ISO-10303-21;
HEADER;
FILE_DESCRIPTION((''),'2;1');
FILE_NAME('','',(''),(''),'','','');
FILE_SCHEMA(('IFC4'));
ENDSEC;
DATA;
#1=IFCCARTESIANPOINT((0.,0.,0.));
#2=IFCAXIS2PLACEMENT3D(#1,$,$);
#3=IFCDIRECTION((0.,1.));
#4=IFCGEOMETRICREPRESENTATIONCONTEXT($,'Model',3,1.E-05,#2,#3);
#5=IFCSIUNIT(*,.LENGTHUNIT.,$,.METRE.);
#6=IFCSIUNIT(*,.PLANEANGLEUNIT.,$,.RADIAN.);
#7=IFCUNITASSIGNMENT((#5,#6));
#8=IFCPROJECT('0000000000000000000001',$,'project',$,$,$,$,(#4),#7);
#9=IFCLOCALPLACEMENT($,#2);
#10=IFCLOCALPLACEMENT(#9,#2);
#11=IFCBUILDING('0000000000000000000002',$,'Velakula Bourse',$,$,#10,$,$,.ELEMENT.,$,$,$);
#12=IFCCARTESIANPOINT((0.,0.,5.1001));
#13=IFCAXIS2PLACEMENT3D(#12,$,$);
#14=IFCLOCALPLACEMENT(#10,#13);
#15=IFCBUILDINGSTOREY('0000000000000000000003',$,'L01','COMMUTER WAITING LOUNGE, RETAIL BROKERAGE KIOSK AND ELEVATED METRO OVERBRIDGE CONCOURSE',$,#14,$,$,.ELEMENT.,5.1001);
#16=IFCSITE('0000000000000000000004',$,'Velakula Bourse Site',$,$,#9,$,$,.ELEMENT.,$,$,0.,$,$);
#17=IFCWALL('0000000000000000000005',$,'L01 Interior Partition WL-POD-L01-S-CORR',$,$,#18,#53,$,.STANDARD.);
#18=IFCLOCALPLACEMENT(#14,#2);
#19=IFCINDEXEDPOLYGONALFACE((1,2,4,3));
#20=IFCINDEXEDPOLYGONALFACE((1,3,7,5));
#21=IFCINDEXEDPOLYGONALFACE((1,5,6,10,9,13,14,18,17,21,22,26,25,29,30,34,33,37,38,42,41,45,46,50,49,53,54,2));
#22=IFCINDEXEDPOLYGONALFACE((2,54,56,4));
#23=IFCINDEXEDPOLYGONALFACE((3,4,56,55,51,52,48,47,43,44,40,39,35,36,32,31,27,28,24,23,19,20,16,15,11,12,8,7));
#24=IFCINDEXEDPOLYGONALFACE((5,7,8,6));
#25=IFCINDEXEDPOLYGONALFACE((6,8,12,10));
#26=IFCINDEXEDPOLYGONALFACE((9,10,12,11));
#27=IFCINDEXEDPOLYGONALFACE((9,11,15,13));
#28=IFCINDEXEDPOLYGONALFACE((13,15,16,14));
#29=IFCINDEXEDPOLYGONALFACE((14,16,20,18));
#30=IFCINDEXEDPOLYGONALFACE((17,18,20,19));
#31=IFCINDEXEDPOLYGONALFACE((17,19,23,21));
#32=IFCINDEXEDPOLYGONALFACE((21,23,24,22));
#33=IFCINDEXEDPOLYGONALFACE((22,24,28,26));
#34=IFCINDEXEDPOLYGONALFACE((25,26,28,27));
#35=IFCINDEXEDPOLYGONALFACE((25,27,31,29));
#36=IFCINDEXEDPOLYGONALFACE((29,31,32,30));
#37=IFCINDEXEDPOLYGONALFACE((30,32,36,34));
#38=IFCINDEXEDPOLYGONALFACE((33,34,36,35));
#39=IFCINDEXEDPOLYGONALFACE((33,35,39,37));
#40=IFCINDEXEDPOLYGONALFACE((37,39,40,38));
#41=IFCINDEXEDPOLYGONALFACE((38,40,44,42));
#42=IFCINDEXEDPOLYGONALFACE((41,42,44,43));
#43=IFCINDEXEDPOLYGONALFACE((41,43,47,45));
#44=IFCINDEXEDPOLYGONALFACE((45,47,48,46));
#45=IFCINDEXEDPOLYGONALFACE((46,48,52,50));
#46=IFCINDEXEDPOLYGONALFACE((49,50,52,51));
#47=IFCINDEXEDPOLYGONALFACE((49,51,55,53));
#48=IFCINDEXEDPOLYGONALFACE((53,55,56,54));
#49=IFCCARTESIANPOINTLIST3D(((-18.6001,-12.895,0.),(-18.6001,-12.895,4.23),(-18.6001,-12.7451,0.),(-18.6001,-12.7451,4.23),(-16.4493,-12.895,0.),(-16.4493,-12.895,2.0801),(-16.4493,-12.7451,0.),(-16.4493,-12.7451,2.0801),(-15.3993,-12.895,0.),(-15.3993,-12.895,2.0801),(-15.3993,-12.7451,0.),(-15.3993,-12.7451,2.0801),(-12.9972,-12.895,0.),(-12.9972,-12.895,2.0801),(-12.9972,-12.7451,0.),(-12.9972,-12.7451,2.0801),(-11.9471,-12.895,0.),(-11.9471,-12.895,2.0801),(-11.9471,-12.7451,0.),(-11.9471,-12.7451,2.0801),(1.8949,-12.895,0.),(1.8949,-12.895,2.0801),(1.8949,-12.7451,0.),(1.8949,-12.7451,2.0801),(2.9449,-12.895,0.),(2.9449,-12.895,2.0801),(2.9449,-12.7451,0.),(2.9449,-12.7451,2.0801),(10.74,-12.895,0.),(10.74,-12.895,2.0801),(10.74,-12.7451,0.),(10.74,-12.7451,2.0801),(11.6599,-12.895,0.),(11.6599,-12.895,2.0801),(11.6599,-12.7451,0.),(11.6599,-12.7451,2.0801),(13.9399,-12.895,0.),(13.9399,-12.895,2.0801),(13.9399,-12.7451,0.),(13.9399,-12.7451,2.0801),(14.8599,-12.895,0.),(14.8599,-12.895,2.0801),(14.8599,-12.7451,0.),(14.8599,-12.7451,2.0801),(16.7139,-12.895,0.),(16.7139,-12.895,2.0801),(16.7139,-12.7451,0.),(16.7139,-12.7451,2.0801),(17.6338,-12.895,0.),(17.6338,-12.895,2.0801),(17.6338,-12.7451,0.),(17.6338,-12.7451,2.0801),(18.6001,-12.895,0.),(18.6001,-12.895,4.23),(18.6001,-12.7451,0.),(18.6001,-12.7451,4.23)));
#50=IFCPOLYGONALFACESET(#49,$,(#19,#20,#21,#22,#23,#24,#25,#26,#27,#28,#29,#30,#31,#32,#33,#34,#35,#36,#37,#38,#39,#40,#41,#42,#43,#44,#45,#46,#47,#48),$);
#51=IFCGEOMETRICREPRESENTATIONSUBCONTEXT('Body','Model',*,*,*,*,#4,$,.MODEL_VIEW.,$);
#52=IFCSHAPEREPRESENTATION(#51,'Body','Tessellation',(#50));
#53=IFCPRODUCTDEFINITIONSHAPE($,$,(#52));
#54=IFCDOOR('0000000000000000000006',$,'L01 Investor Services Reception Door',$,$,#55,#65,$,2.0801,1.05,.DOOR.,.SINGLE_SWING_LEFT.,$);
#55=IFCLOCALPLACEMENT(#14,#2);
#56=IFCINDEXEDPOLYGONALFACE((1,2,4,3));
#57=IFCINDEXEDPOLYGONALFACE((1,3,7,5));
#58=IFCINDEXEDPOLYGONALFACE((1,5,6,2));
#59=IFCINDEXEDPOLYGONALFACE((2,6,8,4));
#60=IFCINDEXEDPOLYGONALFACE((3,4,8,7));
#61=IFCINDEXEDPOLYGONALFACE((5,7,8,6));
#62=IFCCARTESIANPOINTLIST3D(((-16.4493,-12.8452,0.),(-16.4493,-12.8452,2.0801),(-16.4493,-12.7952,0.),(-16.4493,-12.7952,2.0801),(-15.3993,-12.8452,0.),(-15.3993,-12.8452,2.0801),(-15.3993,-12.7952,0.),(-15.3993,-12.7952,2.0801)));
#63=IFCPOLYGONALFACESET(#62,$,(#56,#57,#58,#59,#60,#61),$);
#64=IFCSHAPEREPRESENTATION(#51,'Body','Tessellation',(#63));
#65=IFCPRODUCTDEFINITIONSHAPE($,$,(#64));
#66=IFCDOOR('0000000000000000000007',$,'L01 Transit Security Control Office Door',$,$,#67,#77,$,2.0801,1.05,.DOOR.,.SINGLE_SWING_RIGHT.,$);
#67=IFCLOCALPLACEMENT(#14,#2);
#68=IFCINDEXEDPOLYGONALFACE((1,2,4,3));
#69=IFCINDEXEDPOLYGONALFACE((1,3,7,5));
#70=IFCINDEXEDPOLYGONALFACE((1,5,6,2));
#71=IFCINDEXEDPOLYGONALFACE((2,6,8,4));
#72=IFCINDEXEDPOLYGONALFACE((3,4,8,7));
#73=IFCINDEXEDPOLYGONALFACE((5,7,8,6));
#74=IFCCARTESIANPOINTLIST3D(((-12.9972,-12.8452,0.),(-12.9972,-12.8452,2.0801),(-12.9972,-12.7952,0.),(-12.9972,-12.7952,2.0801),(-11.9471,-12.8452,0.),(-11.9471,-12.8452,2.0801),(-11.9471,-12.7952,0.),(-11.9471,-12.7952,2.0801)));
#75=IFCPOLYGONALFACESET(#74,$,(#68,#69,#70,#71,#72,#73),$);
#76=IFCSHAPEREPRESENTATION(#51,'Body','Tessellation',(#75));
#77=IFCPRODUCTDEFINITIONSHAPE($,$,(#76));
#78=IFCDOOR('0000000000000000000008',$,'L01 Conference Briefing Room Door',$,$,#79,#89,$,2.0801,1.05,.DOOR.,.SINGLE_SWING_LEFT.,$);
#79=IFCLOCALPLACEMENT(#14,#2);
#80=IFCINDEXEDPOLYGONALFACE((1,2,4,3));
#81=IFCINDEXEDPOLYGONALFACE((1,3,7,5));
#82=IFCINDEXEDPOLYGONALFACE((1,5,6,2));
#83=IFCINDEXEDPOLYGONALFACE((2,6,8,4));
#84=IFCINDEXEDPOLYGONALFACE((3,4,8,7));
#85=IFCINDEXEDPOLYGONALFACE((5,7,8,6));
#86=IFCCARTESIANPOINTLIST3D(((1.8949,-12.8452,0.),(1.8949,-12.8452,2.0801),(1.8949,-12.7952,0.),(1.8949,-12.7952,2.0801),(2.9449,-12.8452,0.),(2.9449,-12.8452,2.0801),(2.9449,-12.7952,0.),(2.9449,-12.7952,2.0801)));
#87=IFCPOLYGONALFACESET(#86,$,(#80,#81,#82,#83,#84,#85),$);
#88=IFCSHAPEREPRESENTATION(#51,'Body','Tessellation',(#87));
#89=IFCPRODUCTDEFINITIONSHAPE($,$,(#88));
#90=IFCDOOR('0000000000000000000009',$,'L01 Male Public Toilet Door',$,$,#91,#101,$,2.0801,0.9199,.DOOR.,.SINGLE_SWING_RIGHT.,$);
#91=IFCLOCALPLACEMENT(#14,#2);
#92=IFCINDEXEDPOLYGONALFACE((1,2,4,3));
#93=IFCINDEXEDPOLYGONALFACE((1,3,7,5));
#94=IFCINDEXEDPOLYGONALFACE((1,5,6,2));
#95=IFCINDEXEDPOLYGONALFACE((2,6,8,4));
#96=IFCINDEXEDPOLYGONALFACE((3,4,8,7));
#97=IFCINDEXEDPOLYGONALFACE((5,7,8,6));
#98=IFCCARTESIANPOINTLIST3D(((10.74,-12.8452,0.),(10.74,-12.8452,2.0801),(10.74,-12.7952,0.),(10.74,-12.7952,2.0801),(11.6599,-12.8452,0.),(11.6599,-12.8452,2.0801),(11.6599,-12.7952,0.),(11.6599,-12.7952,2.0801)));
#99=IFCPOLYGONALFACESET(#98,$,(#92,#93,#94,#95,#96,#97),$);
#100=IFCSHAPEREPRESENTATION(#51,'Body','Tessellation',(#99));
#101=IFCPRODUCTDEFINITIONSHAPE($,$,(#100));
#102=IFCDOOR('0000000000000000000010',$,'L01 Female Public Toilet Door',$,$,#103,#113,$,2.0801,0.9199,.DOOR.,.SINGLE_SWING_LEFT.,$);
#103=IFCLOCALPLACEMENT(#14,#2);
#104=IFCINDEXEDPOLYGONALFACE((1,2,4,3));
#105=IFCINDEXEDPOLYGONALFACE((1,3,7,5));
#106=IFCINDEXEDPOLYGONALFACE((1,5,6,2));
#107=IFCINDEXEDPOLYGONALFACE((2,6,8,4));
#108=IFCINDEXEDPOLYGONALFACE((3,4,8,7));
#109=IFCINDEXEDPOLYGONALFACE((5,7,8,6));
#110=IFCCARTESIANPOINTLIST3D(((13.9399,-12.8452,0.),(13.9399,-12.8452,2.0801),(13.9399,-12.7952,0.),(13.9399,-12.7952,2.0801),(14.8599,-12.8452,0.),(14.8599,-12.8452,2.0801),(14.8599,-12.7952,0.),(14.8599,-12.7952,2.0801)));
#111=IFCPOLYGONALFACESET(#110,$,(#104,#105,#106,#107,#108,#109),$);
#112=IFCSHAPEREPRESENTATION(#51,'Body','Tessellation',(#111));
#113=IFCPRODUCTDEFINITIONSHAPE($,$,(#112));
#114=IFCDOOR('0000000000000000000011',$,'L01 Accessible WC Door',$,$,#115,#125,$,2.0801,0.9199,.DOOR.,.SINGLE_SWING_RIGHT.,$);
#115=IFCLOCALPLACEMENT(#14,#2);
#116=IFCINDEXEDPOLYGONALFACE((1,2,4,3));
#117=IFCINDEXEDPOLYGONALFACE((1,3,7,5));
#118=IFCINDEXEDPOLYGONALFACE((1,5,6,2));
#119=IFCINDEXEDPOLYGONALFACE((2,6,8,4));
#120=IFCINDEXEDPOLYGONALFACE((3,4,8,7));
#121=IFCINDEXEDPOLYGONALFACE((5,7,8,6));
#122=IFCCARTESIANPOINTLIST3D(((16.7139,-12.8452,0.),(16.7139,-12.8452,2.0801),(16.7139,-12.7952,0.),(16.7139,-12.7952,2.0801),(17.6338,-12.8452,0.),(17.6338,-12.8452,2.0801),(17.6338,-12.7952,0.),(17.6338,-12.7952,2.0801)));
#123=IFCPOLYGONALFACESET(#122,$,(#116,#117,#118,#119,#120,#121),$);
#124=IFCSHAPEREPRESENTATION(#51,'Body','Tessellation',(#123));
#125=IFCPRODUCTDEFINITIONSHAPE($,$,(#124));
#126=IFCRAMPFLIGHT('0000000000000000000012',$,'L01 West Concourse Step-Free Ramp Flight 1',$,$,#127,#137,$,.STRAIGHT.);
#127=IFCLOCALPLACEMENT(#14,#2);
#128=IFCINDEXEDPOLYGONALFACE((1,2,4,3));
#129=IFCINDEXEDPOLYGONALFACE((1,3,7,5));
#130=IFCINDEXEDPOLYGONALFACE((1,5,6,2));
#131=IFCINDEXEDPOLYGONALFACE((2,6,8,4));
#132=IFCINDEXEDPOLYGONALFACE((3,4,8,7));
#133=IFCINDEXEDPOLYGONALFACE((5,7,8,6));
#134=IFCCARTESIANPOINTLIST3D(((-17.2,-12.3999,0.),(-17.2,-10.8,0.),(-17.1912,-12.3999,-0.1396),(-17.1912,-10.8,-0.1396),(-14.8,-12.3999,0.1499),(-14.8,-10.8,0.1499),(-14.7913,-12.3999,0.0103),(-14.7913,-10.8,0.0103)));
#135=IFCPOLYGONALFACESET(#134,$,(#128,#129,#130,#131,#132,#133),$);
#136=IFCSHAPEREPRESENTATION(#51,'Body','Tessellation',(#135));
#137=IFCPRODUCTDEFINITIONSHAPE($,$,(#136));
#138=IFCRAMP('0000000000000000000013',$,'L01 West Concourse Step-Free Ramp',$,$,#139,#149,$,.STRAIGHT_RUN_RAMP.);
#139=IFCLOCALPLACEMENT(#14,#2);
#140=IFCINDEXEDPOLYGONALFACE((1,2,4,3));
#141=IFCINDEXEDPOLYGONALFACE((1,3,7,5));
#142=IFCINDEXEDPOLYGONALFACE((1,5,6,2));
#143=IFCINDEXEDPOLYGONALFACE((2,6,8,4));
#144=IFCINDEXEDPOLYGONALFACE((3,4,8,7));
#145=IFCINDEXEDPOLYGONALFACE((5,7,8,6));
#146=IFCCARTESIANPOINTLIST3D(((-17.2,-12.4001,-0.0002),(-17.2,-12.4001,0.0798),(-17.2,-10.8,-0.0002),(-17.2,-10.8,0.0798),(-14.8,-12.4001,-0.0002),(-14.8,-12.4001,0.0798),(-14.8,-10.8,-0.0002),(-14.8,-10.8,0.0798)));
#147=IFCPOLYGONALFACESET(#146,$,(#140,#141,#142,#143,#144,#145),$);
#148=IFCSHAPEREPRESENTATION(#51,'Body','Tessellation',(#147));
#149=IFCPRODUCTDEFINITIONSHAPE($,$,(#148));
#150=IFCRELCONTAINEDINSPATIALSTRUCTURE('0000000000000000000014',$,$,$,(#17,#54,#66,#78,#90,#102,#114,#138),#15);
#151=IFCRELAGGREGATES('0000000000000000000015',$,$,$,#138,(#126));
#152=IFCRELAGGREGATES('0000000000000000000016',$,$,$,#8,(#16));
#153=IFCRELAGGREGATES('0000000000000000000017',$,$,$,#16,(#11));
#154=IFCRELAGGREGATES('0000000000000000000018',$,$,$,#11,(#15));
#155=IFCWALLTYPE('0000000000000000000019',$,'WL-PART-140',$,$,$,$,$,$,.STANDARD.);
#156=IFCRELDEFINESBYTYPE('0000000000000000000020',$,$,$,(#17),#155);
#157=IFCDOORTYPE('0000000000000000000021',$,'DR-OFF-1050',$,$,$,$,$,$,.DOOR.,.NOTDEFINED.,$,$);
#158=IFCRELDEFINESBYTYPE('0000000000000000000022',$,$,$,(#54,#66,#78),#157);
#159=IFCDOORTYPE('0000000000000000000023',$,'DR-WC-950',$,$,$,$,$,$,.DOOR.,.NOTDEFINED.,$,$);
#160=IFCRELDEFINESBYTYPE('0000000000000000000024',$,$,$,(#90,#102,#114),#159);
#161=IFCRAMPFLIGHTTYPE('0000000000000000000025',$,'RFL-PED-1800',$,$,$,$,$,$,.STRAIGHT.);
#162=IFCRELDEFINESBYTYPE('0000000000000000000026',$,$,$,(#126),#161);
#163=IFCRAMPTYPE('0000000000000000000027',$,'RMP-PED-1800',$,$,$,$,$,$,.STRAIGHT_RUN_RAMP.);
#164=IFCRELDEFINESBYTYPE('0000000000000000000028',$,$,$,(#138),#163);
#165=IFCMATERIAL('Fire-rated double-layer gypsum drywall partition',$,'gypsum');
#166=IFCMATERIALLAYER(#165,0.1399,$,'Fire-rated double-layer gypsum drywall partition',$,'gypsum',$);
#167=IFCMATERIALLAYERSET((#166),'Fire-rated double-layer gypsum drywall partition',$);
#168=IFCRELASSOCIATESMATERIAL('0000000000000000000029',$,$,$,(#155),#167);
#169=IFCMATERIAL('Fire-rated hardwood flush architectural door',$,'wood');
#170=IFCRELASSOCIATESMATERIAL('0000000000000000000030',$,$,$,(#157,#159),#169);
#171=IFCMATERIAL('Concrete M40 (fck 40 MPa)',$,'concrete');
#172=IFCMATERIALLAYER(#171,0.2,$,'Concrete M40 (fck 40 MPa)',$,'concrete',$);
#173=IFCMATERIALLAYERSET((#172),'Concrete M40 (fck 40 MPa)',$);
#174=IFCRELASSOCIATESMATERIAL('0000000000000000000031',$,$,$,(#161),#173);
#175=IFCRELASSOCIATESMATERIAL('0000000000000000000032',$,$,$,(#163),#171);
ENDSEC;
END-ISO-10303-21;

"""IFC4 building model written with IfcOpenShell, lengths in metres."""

from ifc_helpers import new_model, si_unit, direction, frame, frame_2d, origin, origin_2d, place, context, subcontext, project, spatial, polyline, rectangle, outline, extrude, material, layer, layer_set, type_object, element, fill, aggregate, save


model = new_model("IFC4")

# Units and contexts
model_context = context("Model", 3, precision=1e-05, world=origin(), true_north=direction((0.0, 1.0)))
body_context = subcontext(model_context, "Body", "Model", "MODEL_VIEW")
ifc_project = project(units=[si_unit("LENGTHUNIT", "METRE"), si_unit("PLANEANGLEUNIT", "RADIAN")], contexts=[model_context])

# Site, building, storey
site_placement = place(None, origin())
site = spatial("IfcSite", under=ifc_project, at=site_placement, Name="Velakula Bourse Site", CompositionType="ELEMENT", RefElevation=0.0)
building_placement = place(site_placement, origin())
building = spatial("IfcBuilding", under=site, at=building_placement, Name="Velakula Bourse", CompositionType="ELEMENT")
storey_placement = place(building_placement, frame((0.0, 0.0, 5.1001)))
storey = spatial("IfcBuildingStorey", under=building, at=storey_placement, Name="L01", Description="COMMUTER WAITING LOUNGE, RETAIL BROKERAGE KIOSK AND ELEVATED METRO OVERBRIDGE CONCOURSE", CompositionType="ELEMENT", Elevation=5.1001)

# Wall, openings, doors
ifc_material_1 = material(Name="Fire-rated double-layer gypsum drywall partition", Category="gypsum")
ifc_layer_1 = layer(ifc_material_1, 0.1399, Name="Fire-rated double-layer gypsum drywall partition", Category="gypsum")
ifc_layer_set_1 = layer_set([ifc_layer_1], Name="Fire-rated double-layer gypsum drywall partition")
wall_type = type_object("IfcWallType", Name="WL-PART-140", PredefinedType="STANDARD", material=ifc_layer_set_1)
wall_placement = place(storey_placement, frame((-18.6001, -12.8201, 0.0), z_axis=(0.0, 0.0, 1.0), x_axis=(1.0, 0.0, 0.0)))
wall = element("IfcWall", 1, at=wall_placement, inside=storey, type_object=wall_type, Name="L01 Interior Partition WL-POD-L01-S-CORR", PredefinedType="STANDARD", context=body_context, shape_type="SweptSolid", body=[
    extrude(rectangle(XDim=37.2002, YDim=0.1499, at=frame_2d((18.6001, 0.0))), origin(), (0.0, 0.0, 1.0), 4.23),
])
opening_1_placement = place(wall_placement, frame((29.3401, 0.0, 0.0)))
opening_1 = element("IfcOpeningElement", 2, at=opening_1_placement, cuts=wall, PredefinedType="OPENING", context=body_context, shape_type="SweptSolid", body=[
    extrude(rectangle(XDim=0.9199, YDim=2.0801, at=frame_2d((0.46, 1.04))), frame((0.0, 0.085, 0.0), z_axis=(0.0, -1.0, 0.0), x_axis=(1.0, 0.0, 0.0)), (0.0, 0.0, 1.0), 0.1699),
])
opening_2_placement = place(wall_placement, frame((32.54, 0.0, 0.0)))
opening_2 = element("IfcOpeningElement", 3, at=opening_2_placement, cuts=wall, PredefinedType="OPENING", context=body_context, shape_type="SweptSolid", body=[
    extrude(rectangle(XDim=0.9199, YDim=2.0801, at=frame_2d((0.46, 1.04))), frame((0.0, 0.085, 0.0), z_axis=(0.0, -1.0, 0.0), x_axis=(1.0, 0.0, 0.0)), (0.0, 0.0, 1.0), 0.1699),
])
opening_3_placement = place(wall_placement, frame((35.314, 0.0, 0.0)))
opening_3 = element("IfcOpeningElement", 4, at=opening_3_placement, cuts=wall, PredefinedType="OPENING", context=body_context, shape_type="SweptSolid", body=[
    extrude(rectangle(XDim=0.9199, YDim=2.0801, at=frame_2d((0.46, 1.04))), frame((0.0, 0.085, 0.0), z_axis=(0.0, -1.0, 0.0), x_axis=(1.0, 0.0, 0.0)), (0.0, 0.0, 1.0), 0.1699),
])
opening_4_placement = place(wall_placement, frame((2.1509, 0.0, 0.0)))
opening_4 = element("IfcOpeningElement", 5, at=opening_4_placement, cuts=wall, PredefinedType="OPENING", context=body_context, shape_type="SweptSolid", body=[
    extrude(rectangle(XDim=1.05, YDim=2.0801, at=frame_2d((0.5249, 1.04))), frame((0.0, 0.085, 0.0), z_axis=(0.0, -1.0, 0.0), x_axis=(1.0, 0.0, 0.0)), (0.0, 0.0, 1.0), 0.1699),
])
opening_5_placement = place(wall_placement, frame((5.603, 0.0, 0.0)))
opening_5 = element("IfcOpeningElement", 6, at=opening_5_placement, cuts=wall, PredefinedType="OPENING", context=body_context, shape_type="SweptSolid", body=[
    extrude(rectangle(XDim=1.05, YDim=2.0801, at=frame_2d((0.5249, 1.04))), frame((0.0, 0.085, 0.0), z_axis=(0.0, -1.0, 0.0), x_axis=(1.0, 0.0, 0.0)), (0.0, 0.0, 1.0), 0.1699),
])
opening_6_placement = place(wall_placement, frame((20.4951, 0.0, 0.0)))
opening_6 = element("IfcOpeningElement", 7, at=opening_6_placement, cuts=wall, PredefinedType="OPENING", context=body_context, shape_type="SweptSolid", body=[
    extrude(rectangle(XDim=1.05, YDim=2.0801, at=frame_2d((0.5249, 1.04))), frame((0.0, 0.085, 0.0), z_axis=(0.0, -1.0, 0.0), x_axis=(1.0, 0.0, 0.0)), (0.0, 0.0, 1.0), 0.1699),
])
ifc_material_2 = material(Name="Fire-rated hardwood flush architectural door", Category="wood")
door_type_1 = type_object("IfcDoorType", Name="DR-OFF-1050", OperationType="NOTDEFINED", PredefinedType="DOOR", material=ifc_material_2)
door_1_placement = place(opening_4_placement, origin())
door_1 = element("IfcDoor", 8, at=door_1_placement, inside=storey, type_object=door_type_1, Name="L01 Investor Services Reception Door", OperationType="SINGLE_SWING_LEFT", OverallHeight=2.0801, OverallWidth=1.05, PredefinedType="DOOR", context=body_context, shape_type="SweptSolid", body=[
    extrude(rectangle(XDim=1.05, YDim=2.0801, at=frame_2d((0.5249, 1.04))), frame((0.0, 0.0249, 0.0), z_axis=(0.0, -1.0, 0.0), x_axis=(1.0, 0.0, 0.0)), (0.0, 0.0, 1.0), 0.05),
])
fill(opening_4, door_1)
door_2_placement = place(opening_5_placement, origin())
door_2 = element("IfcDoor", 9, at=door_2_placement, inside=storey, type_object=door_type_1, Name="L01 Transit Security Control Office Door", OperationType="SINGLE_SWING_RIGHT", OverallHeight=2.0801, OverallWidth=1.05, PredefinedType="DOOR", context=body_context, shape_type="SweptSolid", body=[
    extrude(rectangle(XDim=1.05, YDim=2.0801, at=frame_2d((0.5249, 1.04))), frame((0.0, 0.0249, 0.0), z_axis=(0.0, -1.0, 0.0), x_axis=(1.0, 0.0, 0.0)), (0.0, 0.0, 1.0), 0.05),
])
fill(opening_5, door_2)
door_3_placement = place(opening_6_placement, origin())
door_3 = element("IfcDoor", 10, at=door_3_placement, inside=storey, type_object=door_type_1, Name="L01 Conference Briefing Room Door", OperationType="SINGLE_SWING_LEFT", OverallHeight=2.0801, OverallWidth=1.05, PredefinedType="DOOR", context=body_context, shape_type="SweptSolid", body=[
    extrude(rectangle(XDim=1.05, YDim=2.0801, at=frame_2d((0.5249, 1.04))), frame((0.0, 0.0249, 0.0), z_axis=(0.0, -1.0, 0.0), x_axis=(1.0, 0.0, 0.0)), (0.0, 0.0, 1.0), 0.05),
])
fill(opening_6, door_3)
door_type_2 = type_object("IfcDoorType", Name="DR-WC-950", OperationType="NOTDEFINED", PredefinedType="DOOR", material=ifc_material_2)
door_4_placement = place(opening_1_placement, origin())
door_4 = element("IfcDoor", 11, at=door_4_placement, inside=storey, type_object=door_type_2, Name="L01 Male Public Toilet Door", OperationType="SINGLE_SWING_RIGHT", OverallHeight=2.0801, OverallWidth=0.9199, PredefinedType="DOOR", context=body_context, shape_type="SweptSolid", body=[
    extrude(rectangle(XDim=0.9199, YDim=2.0801, at=frame_2d((0.46, 1.04))), frame((0.0, 0.0249, 0.0), z_axis=(0.0, -1.0, 0.0), x_axis=(1.0, 0.0, 0.0)), (0.0, 0.0, 1.0), 0.05),
])
fill(opening_1, door_4)
door_5_placement = place(opening_2_placement, origin())
door_5 = element("IfcDoor", 12, at=door_5_placement, inside=storey, type_object=door_type_2, Name="L01 Female Public Toilet Door", OperationType="SINGLE_SWING_LEFT", OverallHeight=2.0801, OverallWidth=0.9199, PredefinedType="DOOR", context=body_context, shape_type="SweptSolid", body=[
    extrude(rectangle(XDim=0.9199, YDim=2.0801, at=frame_2d((0.46, 1.04))), frame((0.0, 0.0249, 0.0), z_axis=(0.0, -1.0, 0.0), x_axis=(1.0, 0.0, 0.0)), (0.0, 0.0, 1.0), 0.05),
])
fill(opening_2, door_5)
door_6_placement = place(opening_3_placement, origin())
door_6 = element("IfcDoor", 13, at=door_6_placement, inside=storey, type_object=door_type_2, Name="L01 Accessible WC Door", OperationType="SINGLE_SWING_RIGHT", OverallHeight=2.0801, OverallWidth=0.9199, PredefinedType="DOOR", context=body_context, shape_type="SweptSolid", body=[
    extrude(rectangle(XDim=0.9199, YDim=2.0801, at=frame_2d((0.46, 1.04))), frame((0.0, 0.0249, 0.0), z_axis=(0.0, -1.0, 0.0), x_axis=(1.0, 0.0, 0.0)), (0.0, 0.0, 1.0), 0.05),
])
fill(opening_3, door_6)

# Ramp flight
ifc_material_3 = material(Name="Concrete M40 (fck 40 MPa)", Category="concrete")
ifc_layer_2 = layer(ifc_material_3, 0.2, Name="Concrete M40 (fck 40 MPa)", Category="concrete")
ifc_layer_set_2 = layer_set([ifc_layer_2], Name="Concrete M40 (fck 40 MPa)")
ramp_flight_type = type_object("IfcRampFlightType", Name="RFL-PED-1800", PredefinedType="STRAIGHT", material=ifc_layer_set_2)
ramp_flight_placement = place(storey_placement, frame((-17.2, -12.3999, 0.0), z_axis=(-0.06234, 0.0, 0.998055), x_axis=(0.998055, 0.0, 0.06234)))
ramp_flight = element("IfcRampFlight", 14, at=ramp_flight_placement, type_object=ramp_flight_type, Name="L01 West Concourse Step-Free Ramp Flight 1", PredefinedType="STRAIGHT", context=body_context, shape_type="SweptSolid", body=[
    extrude(outline(polyline([(0.0, 0.0), (2.4046, 0.0), (2.4046, 1.5999), (0.0, 1.5999), (0.0, 0.0)])), origin(), (0.0, 0.0, -1.0), 0.1399),
])

# Ramp
ramp_type = type_object("IfcRampType", Name="RMP-PED-1800", PredefinedType="STRAIGHT_RUN_RAMP", material=ifc_material_3)
ramp_placement = place(storey_placement, frame((-16.0, -11.6001, -0.0002), z_axis=(0.0, 0.0, 1.0), x_axis=(1.0, 0.0, 0.0)))
ramp = element("IfcRamp", 15, at=ramp_placement, inside=storey, type_object=ramp_type, Name="L01 West Concourse Step-Free Ramp", PredefinedType="STRAIGHT_RUN_RAMP", context=body_context, shape_type="SweptSolid", body=[
    extrude(rectangle(XDim=2.3999, YDim=1.6001, at=origin_2d()), origin(), (0.0, 0.0, 1.0), 0.0801),
])
aggregate(ramp, [ramp_flight])

save(model, "model.ifc")
